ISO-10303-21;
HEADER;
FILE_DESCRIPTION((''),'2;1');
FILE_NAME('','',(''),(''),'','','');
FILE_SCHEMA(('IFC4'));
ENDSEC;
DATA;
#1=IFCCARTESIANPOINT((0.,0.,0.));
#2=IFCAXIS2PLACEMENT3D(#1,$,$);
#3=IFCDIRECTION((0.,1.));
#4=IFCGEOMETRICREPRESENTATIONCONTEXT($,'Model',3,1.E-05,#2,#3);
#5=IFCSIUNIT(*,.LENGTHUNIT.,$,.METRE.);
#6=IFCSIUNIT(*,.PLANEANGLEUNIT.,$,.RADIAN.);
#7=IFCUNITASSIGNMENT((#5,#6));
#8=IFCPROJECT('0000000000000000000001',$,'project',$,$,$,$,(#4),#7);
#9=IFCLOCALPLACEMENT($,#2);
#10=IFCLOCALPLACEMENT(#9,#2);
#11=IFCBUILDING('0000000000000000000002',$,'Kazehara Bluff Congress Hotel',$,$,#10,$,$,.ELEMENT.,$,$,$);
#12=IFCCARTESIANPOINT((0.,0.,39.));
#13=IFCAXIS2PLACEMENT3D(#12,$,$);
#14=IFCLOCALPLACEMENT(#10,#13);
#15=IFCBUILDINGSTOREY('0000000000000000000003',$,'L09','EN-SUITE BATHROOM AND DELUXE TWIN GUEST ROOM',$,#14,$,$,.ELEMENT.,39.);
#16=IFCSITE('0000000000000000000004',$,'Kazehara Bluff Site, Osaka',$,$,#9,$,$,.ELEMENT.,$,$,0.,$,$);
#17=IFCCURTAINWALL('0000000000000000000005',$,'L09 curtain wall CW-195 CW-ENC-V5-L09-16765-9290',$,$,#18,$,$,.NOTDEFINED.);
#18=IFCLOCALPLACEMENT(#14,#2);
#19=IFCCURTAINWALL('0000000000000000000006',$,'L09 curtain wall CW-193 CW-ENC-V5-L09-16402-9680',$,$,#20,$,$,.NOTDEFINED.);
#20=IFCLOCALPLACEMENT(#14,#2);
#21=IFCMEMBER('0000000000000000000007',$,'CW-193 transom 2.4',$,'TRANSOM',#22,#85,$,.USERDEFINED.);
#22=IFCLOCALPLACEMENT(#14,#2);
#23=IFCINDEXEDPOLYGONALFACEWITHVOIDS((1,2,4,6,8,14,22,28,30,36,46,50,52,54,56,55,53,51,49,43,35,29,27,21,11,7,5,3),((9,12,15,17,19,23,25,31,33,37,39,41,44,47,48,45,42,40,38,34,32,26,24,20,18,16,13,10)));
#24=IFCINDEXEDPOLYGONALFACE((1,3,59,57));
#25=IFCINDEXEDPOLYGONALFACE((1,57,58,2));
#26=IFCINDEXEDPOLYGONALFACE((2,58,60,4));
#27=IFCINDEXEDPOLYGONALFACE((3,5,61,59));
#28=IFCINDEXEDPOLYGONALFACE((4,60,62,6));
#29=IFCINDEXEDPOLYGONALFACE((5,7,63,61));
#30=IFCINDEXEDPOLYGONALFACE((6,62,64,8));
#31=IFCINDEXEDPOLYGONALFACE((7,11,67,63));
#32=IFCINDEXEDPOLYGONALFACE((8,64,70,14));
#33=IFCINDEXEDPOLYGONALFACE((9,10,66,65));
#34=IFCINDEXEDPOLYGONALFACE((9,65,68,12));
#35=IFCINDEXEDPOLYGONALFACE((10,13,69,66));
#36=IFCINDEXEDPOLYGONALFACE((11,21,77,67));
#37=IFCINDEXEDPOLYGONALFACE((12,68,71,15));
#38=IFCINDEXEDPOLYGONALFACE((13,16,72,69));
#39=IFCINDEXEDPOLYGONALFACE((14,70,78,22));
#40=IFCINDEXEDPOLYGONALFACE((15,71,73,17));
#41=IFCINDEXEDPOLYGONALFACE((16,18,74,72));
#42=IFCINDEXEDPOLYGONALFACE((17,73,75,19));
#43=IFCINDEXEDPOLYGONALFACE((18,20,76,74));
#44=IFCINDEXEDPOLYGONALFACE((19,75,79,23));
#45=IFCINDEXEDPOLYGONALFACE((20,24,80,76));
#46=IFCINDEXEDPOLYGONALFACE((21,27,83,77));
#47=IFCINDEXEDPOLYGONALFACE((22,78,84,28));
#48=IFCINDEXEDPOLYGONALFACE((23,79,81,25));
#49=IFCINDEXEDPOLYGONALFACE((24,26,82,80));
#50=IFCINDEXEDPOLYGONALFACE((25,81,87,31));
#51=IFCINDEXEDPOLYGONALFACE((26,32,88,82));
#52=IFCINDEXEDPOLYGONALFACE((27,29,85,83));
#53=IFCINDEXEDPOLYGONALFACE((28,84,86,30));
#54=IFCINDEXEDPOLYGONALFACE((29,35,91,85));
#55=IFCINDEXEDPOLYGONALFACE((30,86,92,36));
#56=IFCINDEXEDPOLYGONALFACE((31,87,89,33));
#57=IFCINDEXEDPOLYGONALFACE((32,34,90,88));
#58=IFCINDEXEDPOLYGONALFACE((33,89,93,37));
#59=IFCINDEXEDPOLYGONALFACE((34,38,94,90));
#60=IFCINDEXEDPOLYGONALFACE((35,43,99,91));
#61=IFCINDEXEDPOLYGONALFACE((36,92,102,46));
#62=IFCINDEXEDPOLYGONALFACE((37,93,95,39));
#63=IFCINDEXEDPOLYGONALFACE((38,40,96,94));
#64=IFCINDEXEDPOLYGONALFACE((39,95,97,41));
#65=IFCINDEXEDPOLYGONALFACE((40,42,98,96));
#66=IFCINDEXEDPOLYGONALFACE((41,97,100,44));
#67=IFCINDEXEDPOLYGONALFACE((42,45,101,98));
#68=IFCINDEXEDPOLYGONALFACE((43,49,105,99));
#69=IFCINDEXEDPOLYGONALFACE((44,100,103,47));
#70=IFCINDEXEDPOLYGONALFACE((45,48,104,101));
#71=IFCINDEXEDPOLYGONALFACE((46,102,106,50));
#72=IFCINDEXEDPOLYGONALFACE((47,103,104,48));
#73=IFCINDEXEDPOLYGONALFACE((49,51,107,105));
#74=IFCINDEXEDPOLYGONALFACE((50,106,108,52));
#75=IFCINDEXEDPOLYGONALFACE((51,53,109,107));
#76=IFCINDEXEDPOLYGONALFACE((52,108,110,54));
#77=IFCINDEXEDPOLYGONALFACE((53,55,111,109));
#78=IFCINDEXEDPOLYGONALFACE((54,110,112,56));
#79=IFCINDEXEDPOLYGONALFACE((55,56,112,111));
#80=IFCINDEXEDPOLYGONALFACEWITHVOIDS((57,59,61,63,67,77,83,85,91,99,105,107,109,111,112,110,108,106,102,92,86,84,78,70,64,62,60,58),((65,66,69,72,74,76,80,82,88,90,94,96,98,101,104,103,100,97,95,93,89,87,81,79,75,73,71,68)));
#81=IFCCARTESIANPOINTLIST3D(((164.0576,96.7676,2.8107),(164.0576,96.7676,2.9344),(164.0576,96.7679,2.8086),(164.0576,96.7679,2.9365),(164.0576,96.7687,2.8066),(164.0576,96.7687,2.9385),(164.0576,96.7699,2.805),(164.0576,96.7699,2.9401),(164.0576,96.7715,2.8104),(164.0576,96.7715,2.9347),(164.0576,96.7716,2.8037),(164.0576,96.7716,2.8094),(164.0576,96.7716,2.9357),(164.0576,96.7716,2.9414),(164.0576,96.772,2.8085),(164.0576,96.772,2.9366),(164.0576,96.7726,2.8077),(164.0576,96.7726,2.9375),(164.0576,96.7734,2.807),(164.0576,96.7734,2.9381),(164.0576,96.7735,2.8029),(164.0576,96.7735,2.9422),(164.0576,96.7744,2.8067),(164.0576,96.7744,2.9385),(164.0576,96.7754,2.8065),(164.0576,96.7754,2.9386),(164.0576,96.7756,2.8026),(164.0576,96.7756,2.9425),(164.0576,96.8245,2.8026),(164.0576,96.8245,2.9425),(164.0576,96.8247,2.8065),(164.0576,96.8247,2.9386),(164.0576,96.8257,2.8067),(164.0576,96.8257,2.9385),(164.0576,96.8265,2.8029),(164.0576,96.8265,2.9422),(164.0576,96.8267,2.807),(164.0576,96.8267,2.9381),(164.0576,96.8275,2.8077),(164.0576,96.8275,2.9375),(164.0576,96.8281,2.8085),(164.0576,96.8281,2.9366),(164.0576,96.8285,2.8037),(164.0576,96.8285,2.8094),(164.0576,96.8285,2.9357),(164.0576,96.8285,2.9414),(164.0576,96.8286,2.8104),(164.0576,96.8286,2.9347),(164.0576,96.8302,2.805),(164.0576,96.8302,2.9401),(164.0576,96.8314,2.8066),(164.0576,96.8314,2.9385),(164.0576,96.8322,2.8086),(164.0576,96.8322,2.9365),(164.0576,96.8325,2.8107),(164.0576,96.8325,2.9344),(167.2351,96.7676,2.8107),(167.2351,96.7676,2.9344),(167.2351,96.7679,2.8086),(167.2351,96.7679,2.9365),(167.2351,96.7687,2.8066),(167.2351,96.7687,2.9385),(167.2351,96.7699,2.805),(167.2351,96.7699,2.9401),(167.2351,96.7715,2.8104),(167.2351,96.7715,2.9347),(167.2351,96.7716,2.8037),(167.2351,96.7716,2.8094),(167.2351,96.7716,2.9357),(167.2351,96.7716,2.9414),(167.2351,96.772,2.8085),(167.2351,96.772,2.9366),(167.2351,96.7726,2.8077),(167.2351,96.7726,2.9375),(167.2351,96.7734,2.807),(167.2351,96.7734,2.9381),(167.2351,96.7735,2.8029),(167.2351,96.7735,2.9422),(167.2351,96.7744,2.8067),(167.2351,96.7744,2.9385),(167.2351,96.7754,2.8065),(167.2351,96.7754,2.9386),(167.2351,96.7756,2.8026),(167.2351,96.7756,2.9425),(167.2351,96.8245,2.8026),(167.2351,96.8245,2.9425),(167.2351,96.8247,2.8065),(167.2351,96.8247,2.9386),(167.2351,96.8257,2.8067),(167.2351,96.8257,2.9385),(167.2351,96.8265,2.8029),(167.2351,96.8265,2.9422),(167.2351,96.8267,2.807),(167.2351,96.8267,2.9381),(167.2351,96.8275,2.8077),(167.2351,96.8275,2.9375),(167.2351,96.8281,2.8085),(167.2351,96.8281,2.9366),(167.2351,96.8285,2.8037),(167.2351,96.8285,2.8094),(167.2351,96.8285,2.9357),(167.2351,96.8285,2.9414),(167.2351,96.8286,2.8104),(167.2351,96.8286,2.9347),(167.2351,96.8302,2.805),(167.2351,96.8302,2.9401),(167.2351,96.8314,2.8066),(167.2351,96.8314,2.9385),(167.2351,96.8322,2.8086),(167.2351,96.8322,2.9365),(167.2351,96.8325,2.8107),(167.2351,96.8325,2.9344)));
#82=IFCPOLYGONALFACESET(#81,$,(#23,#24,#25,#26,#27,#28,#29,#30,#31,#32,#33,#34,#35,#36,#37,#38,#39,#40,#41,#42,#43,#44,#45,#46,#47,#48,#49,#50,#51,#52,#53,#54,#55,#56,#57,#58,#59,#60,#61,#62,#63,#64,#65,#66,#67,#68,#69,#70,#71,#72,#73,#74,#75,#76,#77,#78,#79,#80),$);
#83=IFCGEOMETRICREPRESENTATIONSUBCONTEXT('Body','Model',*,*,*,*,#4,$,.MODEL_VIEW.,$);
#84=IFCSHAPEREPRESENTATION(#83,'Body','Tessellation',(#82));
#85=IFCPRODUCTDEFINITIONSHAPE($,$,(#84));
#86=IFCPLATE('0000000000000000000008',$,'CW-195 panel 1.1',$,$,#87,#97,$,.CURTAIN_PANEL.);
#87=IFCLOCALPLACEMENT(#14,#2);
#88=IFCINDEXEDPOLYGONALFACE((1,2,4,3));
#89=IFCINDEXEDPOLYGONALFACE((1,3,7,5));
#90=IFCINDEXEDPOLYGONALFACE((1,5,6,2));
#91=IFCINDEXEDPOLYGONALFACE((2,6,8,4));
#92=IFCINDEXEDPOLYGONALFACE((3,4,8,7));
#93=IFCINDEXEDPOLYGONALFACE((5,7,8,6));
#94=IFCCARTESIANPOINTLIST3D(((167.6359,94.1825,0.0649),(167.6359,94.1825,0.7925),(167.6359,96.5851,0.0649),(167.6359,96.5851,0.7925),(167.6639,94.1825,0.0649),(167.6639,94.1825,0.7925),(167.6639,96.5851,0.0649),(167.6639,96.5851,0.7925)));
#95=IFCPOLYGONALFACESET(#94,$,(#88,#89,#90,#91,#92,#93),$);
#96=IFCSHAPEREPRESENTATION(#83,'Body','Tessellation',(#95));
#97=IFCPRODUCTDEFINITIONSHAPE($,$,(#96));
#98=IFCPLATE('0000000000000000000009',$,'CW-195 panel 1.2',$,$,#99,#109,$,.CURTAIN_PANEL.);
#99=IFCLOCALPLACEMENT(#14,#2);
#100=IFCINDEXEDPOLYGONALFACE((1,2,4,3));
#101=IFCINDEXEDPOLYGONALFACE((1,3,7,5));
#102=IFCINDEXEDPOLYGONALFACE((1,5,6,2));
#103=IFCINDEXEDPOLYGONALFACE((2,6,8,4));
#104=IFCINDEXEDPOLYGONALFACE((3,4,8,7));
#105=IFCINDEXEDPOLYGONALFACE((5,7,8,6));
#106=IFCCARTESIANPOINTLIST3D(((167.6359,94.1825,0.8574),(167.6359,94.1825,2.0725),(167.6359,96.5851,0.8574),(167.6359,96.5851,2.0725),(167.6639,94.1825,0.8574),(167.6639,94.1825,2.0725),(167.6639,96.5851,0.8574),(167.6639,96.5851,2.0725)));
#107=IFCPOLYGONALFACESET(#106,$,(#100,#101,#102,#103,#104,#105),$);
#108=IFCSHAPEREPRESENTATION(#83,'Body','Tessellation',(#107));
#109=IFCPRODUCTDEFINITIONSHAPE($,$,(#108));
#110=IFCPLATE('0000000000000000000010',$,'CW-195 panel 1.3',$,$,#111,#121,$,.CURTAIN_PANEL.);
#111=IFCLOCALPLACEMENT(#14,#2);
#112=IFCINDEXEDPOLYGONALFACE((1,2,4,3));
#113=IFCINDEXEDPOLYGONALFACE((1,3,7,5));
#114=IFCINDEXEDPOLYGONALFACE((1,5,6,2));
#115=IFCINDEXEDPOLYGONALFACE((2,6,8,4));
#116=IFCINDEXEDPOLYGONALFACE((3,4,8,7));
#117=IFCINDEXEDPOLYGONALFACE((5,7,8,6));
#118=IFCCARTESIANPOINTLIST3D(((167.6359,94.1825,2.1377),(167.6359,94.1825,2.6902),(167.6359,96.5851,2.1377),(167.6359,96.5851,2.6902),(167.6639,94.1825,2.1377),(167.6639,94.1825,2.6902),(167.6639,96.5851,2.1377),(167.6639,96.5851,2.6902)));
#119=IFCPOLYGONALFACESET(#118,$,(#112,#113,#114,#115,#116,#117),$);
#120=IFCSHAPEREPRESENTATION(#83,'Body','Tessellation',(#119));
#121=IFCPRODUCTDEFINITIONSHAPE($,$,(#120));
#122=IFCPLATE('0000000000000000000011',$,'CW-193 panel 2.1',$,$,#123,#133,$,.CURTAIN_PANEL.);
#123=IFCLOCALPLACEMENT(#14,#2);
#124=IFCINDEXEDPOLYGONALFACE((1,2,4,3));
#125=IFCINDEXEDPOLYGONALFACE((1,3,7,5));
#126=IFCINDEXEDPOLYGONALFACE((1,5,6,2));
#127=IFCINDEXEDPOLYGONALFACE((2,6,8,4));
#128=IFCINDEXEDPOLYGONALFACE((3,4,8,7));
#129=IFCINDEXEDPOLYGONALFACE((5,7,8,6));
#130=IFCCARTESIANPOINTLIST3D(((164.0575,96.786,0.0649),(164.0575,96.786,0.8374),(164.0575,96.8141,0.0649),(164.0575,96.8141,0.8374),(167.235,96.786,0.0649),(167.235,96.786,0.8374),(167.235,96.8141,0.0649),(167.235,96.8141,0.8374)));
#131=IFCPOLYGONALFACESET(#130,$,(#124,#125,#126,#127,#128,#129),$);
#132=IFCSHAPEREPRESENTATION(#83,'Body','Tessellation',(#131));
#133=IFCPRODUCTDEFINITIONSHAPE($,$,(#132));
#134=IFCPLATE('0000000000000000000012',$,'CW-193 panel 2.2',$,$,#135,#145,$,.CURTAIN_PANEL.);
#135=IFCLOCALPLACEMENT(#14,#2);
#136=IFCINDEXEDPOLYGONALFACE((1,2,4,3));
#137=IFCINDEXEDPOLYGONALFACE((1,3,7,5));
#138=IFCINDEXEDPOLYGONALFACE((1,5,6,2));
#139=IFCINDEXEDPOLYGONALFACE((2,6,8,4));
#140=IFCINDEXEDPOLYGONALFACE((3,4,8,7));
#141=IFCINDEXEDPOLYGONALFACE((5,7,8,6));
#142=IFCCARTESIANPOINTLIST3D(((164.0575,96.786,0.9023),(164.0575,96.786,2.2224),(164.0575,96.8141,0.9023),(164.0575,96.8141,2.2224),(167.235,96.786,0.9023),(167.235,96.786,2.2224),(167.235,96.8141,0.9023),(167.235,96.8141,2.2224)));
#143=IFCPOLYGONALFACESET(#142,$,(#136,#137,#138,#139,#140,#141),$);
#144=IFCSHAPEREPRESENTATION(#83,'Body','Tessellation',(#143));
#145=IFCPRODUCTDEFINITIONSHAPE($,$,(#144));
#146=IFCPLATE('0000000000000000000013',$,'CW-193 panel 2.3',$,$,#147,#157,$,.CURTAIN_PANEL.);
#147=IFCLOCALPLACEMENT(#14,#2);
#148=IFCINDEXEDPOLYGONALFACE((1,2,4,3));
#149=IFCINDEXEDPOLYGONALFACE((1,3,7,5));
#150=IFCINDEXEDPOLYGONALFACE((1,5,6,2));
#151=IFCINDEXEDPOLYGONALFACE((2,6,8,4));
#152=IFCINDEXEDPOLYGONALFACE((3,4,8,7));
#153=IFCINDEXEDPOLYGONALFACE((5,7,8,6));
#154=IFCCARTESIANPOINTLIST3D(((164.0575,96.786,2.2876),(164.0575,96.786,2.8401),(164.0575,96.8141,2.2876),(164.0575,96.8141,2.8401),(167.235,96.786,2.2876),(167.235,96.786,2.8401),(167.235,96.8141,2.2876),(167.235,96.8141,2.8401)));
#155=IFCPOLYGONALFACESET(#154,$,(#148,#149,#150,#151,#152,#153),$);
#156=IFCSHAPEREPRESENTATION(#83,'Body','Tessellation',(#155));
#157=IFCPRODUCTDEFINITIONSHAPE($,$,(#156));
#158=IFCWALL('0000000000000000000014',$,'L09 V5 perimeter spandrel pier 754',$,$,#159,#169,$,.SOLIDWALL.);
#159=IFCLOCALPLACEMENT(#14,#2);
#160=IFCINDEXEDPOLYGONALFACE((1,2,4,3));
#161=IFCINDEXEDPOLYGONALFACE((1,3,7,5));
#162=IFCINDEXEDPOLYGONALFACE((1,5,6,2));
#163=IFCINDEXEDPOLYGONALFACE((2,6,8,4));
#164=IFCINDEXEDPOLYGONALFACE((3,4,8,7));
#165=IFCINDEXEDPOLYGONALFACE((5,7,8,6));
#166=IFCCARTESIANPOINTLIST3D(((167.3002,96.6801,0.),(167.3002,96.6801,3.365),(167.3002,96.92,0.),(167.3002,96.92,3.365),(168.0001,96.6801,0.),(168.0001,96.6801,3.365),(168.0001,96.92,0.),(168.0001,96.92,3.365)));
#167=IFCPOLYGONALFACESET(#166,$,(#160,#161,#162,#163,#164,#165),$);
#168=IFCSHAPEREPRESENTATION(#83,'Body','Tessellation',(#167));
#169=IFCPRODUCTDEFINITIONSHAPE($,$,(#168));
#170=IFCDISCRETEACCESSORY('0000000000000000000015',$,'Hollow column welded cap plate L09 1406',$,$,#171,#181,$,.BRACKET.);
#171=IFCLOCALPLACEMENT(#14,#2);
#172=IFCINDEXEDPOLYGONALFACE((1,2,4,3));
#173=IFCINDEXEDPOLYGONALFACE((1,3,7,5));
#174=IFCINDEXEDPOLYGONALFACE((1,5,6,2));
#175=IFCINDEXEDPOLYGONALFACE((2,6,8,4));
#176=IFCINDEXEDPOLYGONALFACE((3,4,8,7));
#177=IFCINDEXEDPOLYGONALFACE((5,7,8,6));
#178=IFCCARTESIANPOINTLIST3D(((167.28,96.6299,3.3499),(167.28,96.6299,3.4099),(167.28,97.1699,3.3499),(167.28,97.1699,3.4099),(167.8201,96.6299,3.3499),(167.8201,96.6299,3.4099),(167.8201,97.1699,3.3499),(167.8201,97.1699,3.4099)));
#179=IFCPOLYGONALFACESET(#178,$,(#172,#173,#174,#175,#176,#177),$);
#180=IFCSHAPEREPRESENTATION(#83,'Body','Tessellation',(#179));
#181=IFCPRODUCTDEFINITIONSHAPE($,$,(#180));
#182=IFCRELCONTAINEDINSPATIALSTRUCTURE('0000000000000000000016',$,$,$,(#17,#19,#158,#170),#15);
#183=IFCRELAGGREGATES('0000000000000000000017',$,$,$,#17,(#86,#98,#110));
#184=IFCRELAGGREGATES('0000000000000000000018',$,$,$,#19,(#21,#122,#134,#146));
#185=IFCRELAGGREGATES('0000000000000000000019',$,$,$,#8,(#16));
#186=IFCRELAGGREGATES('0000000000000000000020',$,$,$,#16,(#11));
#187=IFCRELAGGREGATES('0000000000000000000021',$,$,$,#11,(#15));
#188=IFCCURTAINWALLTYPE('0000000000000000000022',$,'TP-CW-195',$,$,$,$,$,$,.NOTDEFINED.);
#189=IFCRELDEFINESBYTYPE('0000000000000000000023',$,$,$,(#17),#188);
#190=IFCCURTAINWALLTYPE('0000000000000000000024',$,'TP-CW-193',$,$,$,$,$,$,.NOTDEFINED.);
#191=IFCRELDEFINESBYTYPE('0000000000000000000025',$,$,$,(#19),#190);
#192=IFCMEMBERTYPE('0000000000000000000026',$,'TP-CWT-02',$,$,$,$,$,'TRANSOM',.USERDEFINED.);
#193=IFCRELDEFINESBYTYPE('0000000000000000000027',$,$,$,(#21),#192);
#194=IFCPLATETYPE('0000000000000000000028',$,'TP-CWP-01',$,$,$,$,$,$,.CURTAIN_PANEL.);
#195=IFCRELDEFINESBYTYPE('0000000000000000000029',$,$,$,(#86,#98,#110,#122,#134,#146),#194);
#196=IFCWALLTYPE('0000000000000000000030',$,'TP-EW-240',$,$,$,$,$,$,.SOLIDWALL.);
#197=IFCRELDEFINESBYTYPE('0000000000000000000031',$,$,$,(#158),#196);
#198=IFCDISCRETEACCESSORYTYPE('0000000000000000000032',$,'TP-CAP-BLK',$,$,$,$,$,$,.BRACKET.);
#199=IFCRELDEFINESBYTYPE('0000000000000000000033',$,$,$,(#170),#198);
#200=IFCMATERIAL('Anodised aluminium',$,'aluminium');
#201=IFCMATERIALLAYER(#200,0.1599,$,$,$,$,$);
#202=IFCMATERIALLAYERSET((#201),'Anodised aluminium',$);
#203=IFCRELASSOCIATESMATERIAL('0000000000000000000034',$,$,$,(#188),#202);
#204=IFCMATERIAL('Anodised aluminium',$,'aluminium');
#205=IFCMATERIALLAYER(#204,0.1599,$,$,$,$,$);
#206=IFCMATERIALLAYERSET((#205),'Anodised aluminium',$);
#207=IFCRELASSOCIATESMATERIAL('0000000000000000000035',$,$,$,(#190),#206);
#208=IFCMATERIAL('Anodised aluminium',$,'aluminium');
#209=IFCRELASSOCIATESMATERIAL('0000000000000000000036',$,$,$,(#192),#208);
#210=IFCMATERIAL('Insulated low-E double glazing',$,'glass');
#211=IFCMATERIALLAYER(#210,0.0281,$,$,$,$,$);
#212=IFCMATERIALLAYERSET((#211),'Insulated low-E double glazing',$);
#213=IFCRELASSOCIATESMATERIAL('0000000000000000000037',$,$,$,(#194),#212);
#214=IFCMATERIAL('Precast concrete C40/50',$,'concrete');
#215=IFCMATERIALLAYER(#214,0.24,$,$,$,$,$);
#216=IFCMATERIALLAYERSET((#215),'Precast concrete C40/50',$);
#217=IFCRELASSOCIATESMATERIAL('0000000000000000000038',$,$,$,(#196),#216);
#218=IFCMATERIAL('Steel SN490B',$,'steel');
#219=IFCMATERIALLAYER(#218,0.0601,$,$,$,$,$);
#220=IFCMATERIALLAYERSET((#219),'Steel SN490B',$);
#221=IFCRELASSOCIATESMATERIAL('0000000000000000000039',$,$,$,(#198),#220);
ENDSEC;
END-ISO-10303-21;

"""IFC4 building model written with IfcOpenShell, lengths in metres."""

from ifc_helpers import new_model, si_unit, direction, frame, frame_2d, origin, origin_2d, place, context, subcontext, project, spatial, rectangle, hollow_rectangle, extrude, material, layer, layer_set, material_profile, profile_set, type_object, element, aggregate, save


model = new_model("IFC4")

# Units and contexts
model_context = context("Model", 3, precision=1e-05, world=origin(), true_north=direction((0.0, 1.0)))
body_context = subcontext(model_context, "Body", "Model", "MODEL_VIEW")
ifc_project = project(units=[si_unit("LENGTHUNIT", "METRE"), si_unit("PLANEANGLEUNIT", "RADIAN")], contexts=[model_context])

# Site, building, storey
site_placement = place(None, origin())
site = spatial("IfcSite", under=ifc_project, at=site_placement, Name="Kazehara Bluff Site, Osaka", CompositionType="ELEMENT", RefElevation=0.0)
building_placement = place(site_placement, origin())
building = spatial("IfcBuilding", under=site, at=building_placement, Name="Kazehara Bluff Congress Hotel", CompositionType="ELEMENT")
storey_placement = place(building_placement, frame((0.0, 0.0, 39.0)))
storey = spatial("IfcBuildingStorey", under=building, at=storey_placement, Name="L09", Description="EN-SUITE BATHROOM AND DELUXE TWIN GUEST ROOM", CompositionType="ELEMENT", Elevation=39.0)

# Curtain wall
ifc_material_1 = material(Name="Anodised aluminium", Category="aluminium")
ifc_layer_1 = layer(ifc_material_1, 0.1599)
ifc_layer_set_1 = layer_set([ifc_layer_1], Name="Anodised aluminium")
curtain_wall_type_1 = type_object("IfcCurtainWallType", Name="TP-CW-195", PredefinedType="NOTDEFINED", material=ifc_layer_set_1)
curtain_wall_1_placement = place(storey_placement, origin())
curtain_wall_1 = element("IfcCurtainWall", 1, at=curtain_wall_1_placement, inside=storey, type_object=curtain_wall_type_1, Name="L09 curtain wall CW-195 CW-ENC-V5-L09-16765-9290", PredefinedType="NOTDEFINED")

# Curtain wall
ifc_material_2 = material(Name="Anodised aluminium", Category="aluminium")
ifc_layer_2 = layer(ifc_material_2, 0.1599)
ifc_layer_set_2 = layer_set([ifc_layer_2], Name="Anodised aluminium")
curtain_wall_type_2 = type_object("IfcCurtainWallType", Name="TP-CW-193", PredefinedType="NOTDEFINED", material=ifc_layer_set_2)
curtain_wall_2_placement = place(storey_placement, origin())
curtain_wall_2 = element("IfcCurtainWall", 2, at=curtain_wall_2_placement, inside=storey, type_object=curtain_wall_type_2, Name="L09 curtain wall CW-193 CW-ENC-V5-L09-16402-9680", PredefinedType="NOTDEFINED")

# Member
ifc_material_3 = material(Name="Anodised aluminium", Category="aluminium")
ifc_material_profile_1 = material_profile(ifc_material_3, hollow_rectangle(XDim=0.0649, YDim=0.1399, WallThickness=0.0039, InnerFilletRadius=0.0039, OuterFilletRadius=0.0081, at=origin_2d()))
ifc_profile_set_1 = profile_set([ifc_material_profile_1], Name="Anodised aluminium")
member_type_1 = type_object("IfcMemberType", Name="TP-CWT-02", ElementType="TRANSOM", PredefinedType="USERDEFINED", material=ifc_profile_set_1)
member_1_placement = place(storey_placement, frame((164.0576, 96.8, 2.8726), z_axis=(1.0, 0.0, 0.0), x_axis=(0.0, 1.0, 0.0)))
member_1 = element("IfcMember", 3, at=member_1_placement, type_object=member_type_1, Name="CW-193 transom 2.4", ObjectType="TRANSOM", PredefinedType="USERDEFINED", context=body_context, shape_type="SweptSolid", body=[
    extrude(hollow_rectangle(XDim=0.0649, YDim=0.1399, WallThickness=0.0039, InnerFilletRadius=0.0039, OuterFilletRadius=0.0081, at=origin_2d()), origin(), (0.0, 0.0, 1.0), 3.1775),
])

# Plates
ifc_material_4 = material(Name="Insulated low-E double glazing", Category="glass")
ifc_layer_3 = layer(ifc_material_4, 0.0281)
ifc_layer_set_3 = layer_set([ifc_layer_3], Name="Insulated low-E double glazing")
plate_type = type_object("IfcPlateType", Name="TP-CWP-01", PredefinedType="CURTAIN_PANEL", material=ifc_layer_set_3)
plate_1_placement = place(storey_placement, frame((167.6499, 95.3838, 0.0649), z_axis=(0.0, 0.0, 1.0), x_axis=(0.0, -1.0, 0.0)))
plate_1 = element("IfcPlate", 4, at=plate_1_placement, type_object=plate_type, Name="CW-195 panel 1.1", PredefinedType="CURTAIN_PANEL", context=body_context, shape_type="SweptSolid", body=[
    extrude(rectangle(XDim=2.4026, YDim=0.0281, at=origin_2d()), origin(), (0.0, 0.0, 1.0), 0.7275),
])
plate_2_placement = place(storey_placement, frame((167.6499, 95.3838, 0.8574), z_axis=(0.0, 0.0, 1.0), x_axis=(0.0, -1.0, 0.0)))
plate_2 = element("IfcPlate", 5, at=plate_2_placement, type_object=plate_type, Name="CW-195 panel 1.2", PredefinedType="CURTAIN_PANEL", context=body_context, shape_type="SweptSolid", body=[
    extrude(rectangle(XDim=2.4026, YDim=0.0281, at=origin_2d()), origin(), (0.0, 0.0, 1.0), 1.2151),
])
plate_3_placement = place(storey_placement, frame((167.6499, 95.3838, 2.1377), z_axis=(0.0, 0.0, 1.0), x_axis=(0.0, -1.0, 0.0)))
plate_3 = element("IfcPlate", 6, at=plate_3_placement, type_object=plate_type, Name="CW-195 panel 1.3", PredefinedType="CURTAIN_PANEL", context=body_context, shape_type="SweptSolid", body=[
    extrude(rectangle(XDim=2.4026, YDim=0.0281, at=origin_2d()), origin(), (0.0, 0.0, 1.0), 0.5525),
])
aggregate(curtain_wall_1, [plate_1, plate_2, plate_3])
plate_4_placement = place(storey_placement, frame((165.6462, 96.8, 0.0649), z_axis=(0.0, 0.0, 1.0), x_axis=(1.0, 0.0, 0.0)))
plate_4 = element("IfcPlate", 7, at=plate_4_placement, type_object=plate_type, Name="CW-193 panel 2.1", PredefinedType="CURTAIN_PANEL", context=body_context, shape_type="SweptSolid", body=[
    extrude(rectangle(XDim=3.1775, YDim=0.0281, at=origin_2d()), origin(), (0.0, 0.0, 1.0), 0.7725),
])
plate_5_placement = place(storey_placement, frame((165.6462, 96.8, 0.9023), z_axis=(0.0, 0.0, 1.0), x_axis=(1.0, 0.0, 0.0)))
plate_5 = element("IfcPlate", 8, at=plate_5_placement, type_object=plate_type, Name="CW-193 panel 2.2", PredefinedType="CURTAIN_PANEL", context=body_context, shape_type="SweptSolid", body=[
    extrude(rectangle(XDim=3.1775, YDim=0.0281, at=origin_2d()), origin(), (0.0, 0.0, 1.0), 1.3201),
])
plate_6_placement = place(storey_placement, frame((165.6462, 96.8, 2.2876), z_axis=(0.0, 0.0, 1.0), x_axis=(1.0, 0.0, 0.0)))
plate_6 = element("IfcPlate", 9, at=plate_6_placement, type_object=plate_type, Name="CW-193 panel 2.3", PredefinedType="CURTAIN_PANEL", context=body_context, shape_type="SweptSolid", body=[
    extrude(rectangle(XDim=3.1775, YDim=0.0281, at=origin_2d()), origin(), (0.0, 0.0, 1.0), 0.5525),
])
aggregate(curtain_wall_2, [member_1, plate_4, plate_5, plate_6])

# Wall
ifc_material_5 = material(Name="Precast concrete C40/50", Category="concrete")
ifc_layer_4 = layer(ifc_material_5, 0.24)
ifc_layer_set_4 = layer_set([ifc_layer_4], Name="Precast concrete C40/50")
wall_type = type_object("IfcWallType", Name="TP-EW-240", PredefinedType="SOLIDWALL", material=ifc_layer_set_4)
wall_placement = place(storey_placement, frame((167.3, 96.8, 0.0), z_axis=(0.0, 0.0, 1.0), x_axis=(1.0, 0.0, 0.0)))
element("IfcWall", 10, at=wall_placement, inside=storey, type_object=wall_type, Name="L09 V5 perimeter spandrel pier 754", PredefinedType="SOLIDWALL", context=body_context, shape_type="SweptSolid", body=[
    extrude(rectangle(XDim=0.7, YDim=0.24, at=frame_2d((0.3501, 0.0))), origin(), (0.0, 0.0, 1.0), 3.365),
])

# Discrete accessory
ifc_material_6 = material(Name="Steel SN490B", Category="steel")
ifc_layer_5 = layer(ifc_material_6, 0.0601)
ifc_layer_set_5 = layer_set([ifc_layer_5], Name="Steel SN490B")
discrete_accessory_type = type_object("IfcDiscreteAccessoryType", Name="TP-CAP-BLK", PredefinedType="BRACKET", material=ifc_layer_set_5)
discrete_accessory_placement = place(storey_placement, frame((167.55, 96.8999, 3.3499), z_axis=(0.0, 0.0, 1.0), x_axis=(1.0, 0.0, 0.0)))
element("IfcDiscreteAccessory", 11, at=discrete_accessory_placement, inside=storey, type_object=discrete_accessory_type, Name="Hollow column welded cap plate L09 1406", PredefinedType="BRACKET", context=body_context, shape_type="SweptSolid", body=[
    extrude(rectangle(XDim=0.54, YDim=0.54, at=origin_2d()), origin(), (0.0, 0.0, 1.0), 0.0601),
])

save(model, "model.ifc")
